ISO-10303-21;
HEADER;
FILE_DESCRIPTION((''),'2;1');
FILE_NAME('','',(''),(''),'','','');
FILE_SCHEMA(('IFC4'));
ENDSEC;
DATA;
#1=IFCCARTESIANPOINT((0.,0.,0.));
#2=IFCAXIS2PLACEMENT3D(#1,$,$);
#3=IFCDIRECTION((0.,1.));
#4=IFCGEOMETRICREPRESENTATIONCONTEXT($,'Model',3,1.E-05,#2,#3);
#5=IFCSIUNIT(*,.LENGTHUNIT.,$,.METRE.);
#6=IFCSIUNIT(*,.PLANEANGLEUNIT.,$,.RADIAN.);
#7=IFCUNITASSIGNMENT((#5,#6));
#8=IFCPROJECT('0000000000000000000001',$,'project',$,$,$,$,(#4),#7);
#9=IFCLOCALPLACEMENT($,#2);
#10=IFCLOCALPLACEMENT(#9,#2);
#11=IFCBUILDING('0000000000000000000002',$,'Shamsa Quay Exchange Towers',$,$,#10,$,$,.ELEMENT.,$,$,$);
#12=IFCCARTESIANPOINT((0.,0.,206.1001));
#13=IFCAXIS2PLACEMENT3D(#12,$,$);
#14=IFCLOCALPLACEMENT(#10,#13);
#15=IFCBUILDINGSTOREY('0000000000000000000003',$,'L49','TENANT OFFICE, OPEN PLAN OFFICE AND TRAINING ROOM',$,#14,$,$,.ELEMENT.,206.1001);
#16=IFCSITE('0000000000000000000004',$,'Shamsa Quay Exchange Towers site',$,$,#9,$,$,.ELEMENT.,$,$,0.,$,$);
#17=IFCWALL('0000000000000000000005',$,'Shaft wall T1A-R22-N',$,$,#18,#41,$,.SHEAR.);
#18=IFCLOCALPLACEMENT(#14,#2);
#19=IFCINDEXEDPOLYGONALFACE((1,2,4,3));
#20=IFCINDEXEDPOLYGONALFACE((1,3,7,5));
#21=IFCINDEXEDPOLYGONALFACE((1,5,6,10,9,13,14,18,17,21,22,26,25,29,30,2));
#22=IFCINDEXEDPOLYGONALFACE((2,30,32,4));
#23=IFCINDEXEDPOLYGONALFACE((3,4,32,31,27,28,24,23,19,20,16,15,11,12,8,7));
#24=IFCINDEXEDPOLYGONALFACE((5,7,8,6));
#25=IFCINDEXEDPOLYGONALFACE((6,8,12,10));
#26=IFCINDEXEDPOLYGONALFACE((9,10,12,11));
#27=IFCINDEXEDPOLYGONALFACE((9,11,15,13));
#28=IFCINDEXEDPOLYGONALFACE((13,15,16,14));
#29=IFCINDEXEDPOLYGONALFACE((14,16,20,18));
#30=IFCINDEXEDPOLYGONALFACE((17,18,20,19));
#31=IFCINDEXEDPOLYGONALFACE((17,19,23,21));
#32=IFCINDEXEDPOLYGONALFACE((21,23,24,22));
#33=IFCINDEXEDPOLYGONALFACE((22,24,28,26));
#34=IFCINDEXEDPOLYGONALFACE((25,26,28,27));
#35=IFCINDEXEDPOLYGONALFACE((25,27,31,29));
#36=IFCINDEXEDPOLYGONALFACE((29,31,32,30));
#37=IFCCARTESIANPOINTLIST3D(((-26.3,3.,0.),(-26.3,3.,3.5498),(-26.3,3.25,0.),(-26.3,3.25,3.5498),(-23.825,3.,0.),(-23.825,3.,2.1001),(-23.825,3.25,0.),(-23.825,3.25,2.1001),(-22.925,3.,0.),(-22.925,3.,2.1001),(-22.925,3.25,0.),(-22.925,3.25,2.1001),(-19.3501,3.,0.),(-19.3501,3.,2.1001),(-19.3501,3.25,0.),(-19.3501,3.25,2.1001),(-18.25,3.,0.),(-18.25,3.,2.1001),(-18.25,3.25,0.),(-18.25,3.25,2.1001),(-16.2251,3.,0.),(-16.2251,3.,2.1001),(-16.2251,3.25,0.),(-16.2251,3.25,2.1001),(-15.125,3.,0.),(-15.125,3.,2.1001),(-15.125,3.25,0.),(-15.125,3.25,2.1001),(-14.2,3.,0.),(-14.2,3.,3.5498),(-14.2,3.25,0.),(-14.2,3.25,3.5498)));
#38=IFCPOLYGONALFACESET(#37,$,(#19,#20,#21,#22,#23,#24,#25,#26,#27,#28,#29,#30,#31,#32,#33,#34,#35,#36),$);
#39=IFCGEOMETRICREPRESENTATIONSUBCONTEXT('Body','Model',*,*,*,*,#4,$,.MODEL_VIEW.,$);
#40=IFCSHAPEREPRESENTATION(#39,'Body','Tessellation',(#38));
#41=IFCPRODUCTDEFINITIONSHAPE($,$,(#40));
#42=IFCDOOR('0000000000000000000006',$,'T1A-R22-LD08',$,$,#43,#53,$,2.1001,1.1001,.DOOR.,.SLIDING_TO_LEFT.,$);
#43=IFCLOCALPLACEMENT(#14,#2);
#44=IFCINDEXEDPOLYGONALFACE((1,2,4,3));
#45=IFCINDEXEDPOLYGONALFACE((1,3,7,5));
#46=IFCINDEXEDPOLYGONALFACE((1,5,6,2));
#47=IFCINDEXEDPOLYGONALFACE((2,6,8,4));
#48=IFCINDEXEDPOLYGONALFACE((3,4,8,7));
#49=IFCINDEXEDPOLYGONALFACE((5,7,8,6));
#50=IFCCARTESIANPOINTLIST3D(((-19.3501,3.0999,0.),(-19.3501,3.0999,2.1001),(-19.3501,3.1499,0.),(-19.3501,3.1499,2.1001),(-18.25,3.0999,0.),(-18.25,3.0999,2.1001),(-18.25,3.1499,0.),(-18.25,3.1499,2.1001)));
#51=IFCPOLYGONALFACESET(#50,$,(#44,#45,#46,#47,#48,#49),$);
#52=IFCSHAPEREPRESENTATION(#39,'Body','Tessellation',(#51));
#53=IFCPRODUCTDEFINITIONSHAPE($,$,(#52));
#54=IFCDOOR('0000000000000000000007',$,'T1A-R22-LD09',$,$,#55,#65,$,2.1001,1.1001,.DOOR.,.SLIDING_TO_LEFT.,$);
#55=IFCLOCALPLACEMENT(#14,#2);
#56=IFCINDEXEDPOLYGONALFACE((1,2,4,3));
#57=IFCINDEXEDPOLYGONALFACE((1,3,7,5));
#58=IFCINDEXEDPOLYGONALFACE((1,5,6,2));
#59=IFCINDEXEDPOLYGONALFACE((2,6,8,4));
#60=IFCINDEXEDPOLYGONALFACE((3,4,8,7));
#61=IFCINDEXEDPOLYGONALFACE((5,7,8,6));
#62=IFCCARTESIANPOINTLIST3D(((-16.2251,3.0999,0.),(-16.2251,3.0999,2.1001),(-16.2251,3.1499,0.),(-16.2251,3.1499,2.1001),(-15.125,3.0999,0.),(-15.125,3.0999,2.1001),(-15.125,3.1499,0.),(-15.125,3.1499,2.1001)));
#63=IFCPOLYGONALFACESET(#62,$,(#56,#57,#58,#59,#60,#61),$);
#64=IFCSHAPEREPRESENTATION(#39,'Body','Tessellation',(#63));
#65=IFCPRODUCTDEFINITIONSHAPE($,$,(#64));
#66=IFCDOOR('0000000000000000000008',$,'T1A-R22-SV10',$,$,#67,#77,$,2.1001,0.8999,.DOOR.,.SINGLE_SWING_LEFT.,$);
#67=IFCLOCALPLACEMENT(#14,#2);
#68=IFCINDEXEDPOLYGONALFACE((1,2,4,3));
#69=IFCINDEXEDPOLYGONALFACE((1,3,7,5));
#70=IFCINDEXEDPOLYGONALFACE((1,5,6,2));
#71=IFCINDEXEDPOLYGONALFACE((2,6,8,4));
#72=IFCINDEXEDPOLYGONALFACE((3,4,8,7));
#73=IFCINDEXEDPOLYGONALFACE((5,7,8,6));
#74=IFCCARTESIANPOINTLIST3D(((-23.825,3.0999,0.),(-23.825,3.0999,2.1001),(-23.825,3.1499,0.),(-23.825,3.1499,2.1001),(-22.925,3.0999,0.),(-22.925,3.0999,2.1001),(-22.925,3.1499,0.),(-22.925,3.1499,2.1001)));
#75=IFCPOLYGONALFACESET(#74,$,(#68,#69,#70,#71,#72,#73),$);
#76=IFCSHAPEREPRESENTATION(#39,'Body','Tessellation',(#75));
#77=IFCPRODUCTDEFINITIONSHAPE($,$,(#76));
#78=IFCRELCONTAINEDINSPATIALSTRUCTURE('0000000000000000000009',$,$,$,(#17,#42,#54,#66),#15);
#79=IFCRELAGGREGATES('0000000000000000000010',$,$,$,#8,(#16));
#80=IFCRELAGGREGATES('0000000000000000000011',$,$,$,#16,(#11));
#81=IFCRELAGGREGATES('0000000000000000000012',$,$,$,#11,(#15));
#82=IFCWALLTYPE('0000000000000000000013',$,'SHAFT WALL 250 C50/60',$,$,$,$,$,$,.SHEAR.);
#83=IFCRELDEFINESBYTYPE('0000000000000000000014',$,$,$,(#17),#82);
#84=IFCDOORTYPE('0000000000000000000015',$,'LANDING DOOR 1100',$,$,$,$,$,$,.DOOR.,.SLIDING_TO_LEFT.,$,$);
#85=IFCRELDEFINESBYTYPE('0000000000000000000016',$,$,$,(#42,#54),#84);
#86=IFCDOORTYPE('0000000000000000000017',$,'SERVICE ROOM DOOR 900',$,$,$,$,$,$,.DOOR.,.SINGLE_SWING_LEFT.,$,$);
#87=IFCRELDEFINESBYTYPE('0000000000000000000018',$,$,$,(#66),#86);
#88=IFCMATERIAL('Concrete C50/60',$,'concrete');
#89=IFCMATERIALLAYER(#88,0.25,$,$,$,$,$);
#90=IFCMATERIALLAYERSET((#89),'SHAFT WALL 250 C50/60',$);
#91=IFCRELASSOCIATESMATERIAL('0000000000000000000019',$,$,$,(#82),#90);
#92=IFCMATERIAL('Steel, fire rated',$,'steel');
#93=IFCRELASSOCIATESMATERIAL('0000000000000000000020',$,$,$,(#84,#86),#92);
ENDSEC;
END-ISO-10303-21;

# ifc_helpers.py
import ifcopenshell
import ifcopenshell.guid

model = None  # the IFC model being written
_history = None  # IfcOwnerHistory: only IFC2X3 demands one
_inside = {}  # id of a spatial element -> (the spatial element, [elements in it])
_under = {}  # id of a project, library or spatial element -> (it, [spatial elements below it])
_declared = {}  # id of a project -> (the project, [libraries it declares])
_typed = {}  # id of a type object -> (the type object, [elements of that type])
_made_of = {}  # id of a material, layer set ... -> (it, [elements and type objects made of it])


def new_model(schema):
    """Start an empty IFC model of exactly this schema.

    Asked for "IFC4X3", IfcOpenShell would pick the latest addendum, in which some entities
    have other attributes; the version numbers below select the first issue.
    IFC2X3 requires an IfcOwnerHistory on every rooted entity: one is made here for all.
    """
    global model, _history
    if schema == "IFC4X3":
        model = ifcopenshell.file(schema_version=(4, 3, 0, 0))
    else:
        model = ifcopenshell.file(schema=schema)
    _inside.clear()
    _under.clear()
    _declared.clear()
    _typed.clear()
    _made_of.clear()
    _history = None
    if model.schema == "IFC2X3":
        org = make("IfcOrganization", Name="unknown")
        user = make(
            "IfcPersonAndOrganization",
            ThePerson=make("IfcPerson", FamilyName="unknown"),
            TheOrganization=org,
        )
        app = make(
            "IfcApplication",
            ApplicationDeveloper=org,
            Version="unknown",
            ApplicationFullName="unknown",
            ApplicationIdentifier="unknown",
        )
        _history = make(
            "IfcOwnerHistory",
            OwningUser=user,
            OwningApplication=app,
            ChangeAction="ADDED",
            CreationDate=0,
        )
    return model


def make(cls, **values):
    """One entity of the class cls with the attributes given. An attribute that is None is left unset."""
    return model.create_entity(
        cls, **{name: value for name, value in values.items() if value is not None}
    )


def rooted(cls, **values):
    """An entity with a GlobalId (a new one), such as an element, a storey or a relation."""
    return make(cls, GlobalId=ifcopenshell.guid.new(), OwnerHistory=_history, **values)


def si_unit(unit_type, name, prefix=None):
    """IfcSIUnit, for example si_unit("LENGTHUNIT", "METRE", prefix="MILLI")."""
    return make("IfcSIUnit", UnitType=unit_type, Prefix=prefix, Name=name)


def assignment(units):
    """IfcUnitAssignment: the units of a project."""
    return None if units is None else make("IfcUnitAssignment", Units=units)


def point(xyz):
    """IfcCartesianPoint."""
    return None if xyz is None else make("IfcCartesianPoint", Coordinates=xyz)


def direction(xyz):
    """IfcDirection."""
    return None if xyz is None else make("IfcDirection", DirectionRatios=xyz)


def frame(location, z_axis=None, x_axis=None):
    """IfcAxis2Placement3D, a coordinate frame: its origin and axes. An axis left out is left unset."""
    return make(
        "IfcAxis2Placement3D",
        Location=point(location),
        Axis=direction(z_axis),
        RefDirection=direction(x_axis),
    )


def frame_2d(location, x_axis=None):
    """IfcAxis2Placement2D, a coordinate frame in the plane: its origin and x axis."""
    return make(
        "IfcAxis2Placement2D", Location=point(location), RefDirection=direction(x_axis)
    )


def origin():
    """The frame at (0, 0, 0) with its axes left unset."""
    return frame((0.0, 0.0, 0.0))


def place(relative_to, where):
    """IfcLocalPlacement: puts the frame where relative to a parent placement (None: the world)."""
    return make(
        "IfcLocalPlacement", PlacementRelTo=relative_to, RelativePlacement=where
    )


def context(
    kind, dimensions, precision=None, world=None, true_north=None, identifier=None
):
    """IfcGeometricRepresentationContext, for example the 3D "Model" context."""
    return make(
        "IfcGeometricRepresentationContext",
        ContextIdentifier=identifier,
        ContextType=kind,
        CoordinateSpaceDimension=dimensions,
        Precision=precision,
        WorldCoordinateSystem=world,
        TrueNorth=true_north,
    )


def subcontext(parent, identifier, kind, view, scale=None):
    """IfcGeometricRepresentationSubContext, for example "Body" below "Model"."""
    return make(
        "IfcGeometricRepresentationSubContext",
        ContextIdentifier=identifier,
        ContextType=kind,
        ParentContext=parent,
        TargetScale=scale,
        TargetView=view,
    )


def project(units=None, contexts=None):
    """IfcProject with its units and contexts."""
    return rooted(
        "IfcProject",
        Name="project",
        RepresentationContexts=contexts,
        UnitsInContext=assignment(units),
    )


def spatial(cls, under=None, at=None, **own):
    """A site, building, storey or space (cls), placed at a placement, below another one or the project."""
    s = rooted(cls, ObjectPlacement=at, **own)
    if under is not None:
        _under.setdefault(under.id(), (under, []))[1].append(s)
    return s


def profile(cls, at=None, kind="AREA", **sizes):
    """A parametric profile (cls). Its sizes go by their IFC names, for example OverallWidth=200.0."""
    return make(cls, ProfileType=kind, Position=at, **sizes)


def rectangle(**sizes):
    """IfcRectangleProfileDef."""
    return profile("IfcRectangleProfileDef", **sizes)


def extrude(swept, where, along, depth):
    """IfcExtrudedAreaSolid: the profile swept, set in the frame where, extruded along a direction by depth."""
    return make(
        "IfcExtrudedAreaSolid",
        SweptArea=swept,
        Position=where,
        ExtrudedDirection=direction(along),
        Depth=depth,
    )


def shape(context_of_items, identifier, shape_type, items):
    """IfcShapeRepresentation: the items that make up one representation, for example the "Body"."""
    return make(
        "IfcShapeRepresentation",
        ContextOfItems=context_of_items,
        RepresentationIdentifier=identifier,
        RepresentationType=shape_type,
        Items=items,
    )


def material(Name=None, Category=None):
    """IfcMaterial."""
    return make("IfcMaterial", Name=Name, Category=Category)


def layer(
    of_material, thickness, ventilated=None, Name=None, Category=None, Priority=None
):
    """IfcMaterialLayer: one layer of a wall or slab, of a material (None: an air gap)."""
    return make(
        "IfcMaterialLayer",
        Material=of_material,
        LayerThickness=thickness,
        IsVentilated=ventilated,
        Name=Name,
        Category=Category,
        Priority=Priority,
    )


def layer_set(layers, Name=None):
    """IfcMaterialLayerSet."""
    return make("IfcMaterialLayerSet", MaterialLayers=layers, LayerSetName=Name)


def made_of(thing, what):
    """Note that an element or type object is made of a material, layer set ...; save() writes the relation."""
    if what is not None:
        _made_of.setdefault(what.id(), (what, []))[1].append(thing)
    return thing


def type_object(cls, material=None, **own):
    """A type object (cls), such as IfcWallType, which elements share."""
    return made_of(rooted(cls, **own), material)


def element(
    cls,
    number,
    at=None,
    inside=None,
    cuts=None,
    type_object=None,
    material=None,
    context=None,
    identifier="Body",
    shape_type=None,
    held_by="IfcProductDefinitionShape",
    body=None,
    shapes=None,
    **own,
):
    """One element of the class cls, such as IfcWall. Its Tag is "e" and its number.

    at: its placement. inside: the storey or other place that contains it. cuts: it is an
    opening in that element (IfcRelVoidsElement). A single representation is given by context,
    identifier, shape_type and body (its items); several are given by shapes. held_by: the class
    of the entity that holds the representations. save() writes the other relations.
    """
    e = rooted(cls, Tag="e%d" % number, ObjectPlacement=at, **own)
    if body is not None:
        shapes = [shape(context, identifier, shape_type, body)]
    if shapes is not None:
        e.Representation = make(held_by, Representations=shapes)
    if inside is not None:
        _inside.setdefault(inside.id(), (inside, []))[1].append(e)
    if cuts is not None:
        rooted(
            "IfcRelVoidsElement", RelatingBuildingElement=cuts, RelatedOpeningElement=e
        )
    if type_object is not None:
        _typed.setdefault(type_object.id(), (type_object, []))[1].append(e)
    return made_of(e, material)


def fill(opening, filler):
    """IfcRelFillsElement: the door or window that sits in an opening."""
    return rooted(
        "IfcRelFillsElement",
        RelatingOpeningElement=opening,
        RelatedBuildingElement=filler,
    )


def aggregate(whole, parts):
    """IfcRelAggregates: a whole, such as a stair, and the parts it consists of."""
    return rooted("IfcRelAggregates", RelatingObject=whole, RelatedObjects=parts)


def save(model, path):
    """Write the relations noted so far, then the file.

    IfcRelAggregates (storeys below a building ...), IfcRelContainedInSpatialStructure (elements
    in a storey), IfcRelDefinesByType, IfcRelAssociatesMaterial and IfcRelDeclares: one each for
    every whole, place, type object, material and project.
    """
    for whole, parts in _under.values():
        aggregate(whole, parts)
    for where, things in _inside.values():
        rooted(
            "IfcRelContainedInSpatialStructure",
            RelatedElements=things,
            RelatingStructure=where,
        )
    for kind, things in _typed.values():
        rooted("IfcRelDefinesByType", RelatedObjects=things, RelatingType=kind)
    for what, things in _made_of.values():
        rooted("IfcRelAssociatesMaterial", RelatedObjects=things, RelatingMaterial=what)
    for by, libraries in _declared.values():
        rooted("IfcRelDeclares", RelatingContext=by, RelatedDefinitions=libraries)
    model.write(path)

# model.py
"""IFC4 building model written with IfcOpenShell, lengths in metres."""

from ifc_helpers import new_model, si_unit, direction, frame, frame_2d, origin, place, context, subcontext, project, spatial, rectangle, extrude, material, layer, layer_set, type_object, element, fill, save


model = new_model("IFC4")

# Units and contexts
model_context = context("Model", 3, precision=1e-05, world=origin(), true_north=direction((0.0, 1.0)))
body_context = subcontext(model_context, "Body", "Model", "MODEL_VIEW")
ifc_project = project(units=[si_unit("LENGTHUNIT", "METRE"), si_unit("PLANEANGLEUNIT", "RADIAN")], contexts=[model_context])

# Site, building, storey
site_placement = place(None, origin())
site = spatial("IfcSite", under=ifc_project, at=site_placement, Name="Shamsa Quay Exchange Towers site", CompositionType="ELEMENT", RefElevation=0.0)
building_placement = place(site_placement, origin())
building = spatial("IfcBuilding", under=site, at=building_placement, Name="Shamsa Quay Exchange Towers", CompositionType="ELEMENT")
storey_placement = place(building_placement, frame((0.0, 0.0, 206.1001)))
storey = spatial("IfcBuildingStorey", under=building, at=storey_placement, Name="L49", Description="TENANT OFFICE, OPEN PLAN OFFICE AND TRAINING ROOM", CompositionType="ELEMENT", Elevation=206.1001)

# Shared definitions
ifc_material_1 = material(Name="Steel, fire rated", Category="steel")

# Wall, openings, doors
ifc_material_2 = material(Name="Concrete C50/60", Category="concrete")
ifc_layer_1 = layer(ifc_material_2, 0.25)
ifc_layer_set_1 = layer_set([ifc_layer_1], Name="SHAFT WALL 250 C50/60")
wall_type_1 = type_object("IfcWallType", Name="SHAFT WALL 250 C50/60", PredefinedType="SHEAR", material=ifc_layer_set_1)
wall_1_placement = place(storey_placement, frame((-26.3, 3.125, 0.0)))
wall_1 = element("IfcWall", 1, at=wall_1_placement, inside=storey, type_object=wall_type_1, Name="Shaft wall T1A-R22-N", PredefinedType="SHEAR", context=body_context, shape_type="SweptSolid", body=[
    extrude(rectangle(XDim=12.1001, YDim=0.25, at=frame_2d((6.05, 0.0))), origin(), (0.0, 0.0, 1.0), 3.5498),
])
opening_1_placement = place(wall_1_placement, frame((6.95, 0.0, 0.0)))
opening_1 = element("IfcOpeningElement", 2, at=opening_1_placement, cuts=wall_1, PredefinedType="OPENING", context=body_context, shape_type="SweptSolid", body=[
    extrude(rectangle(XDim=1.1001, YDim=2.1001, at=frame_2d((0.55, 1.05))), frame((0.0, 0.135, 0.0), z_axis=(0.0, -1.0, 0.0), x_axis=(1.0, 0.0, 0.0)), (0.0, 0.0, 1.0), 0.27),
])
opening_2_placement = place(wall_1_placement, frame((10.075, 0.0, 0.0)))
opening_2 = element("IfcOpeningElement", 3, at=opening_2_placement, cuts=wall_1, PredefinedType="OPENING", context=body_context, shape_type="SweptSolid", body=[
    extrude(rectangle(XDim=1.1001, YDim=2.1001, at=frame_2d((0.55, 1.05))), frame((0.0, 0.135, 0.0), z_axis=(0.0, -1.0, 0.0), x_axis=(1.0, 0.0, 0.0)), (0.0, 0.0, 1.0), 0.27),
])
opening_3_placement = place(wall_1_placement, frame((2.4751, 0.0, 0.0)))
opening_3 = element("IfcOpeningElement", 4, at=opening_3_placement, cuts=wall_1, PredefinedType="OPENING", context=body_context, shape_type="SweptSolid", body=[
    extrude(rectangle(XDim=0.8999, YDim=2.1001, at=frame_2d((0.45, 1.05))), frame((0.0, 0.135, 0.0), z_axis=(0.0, -1.0, 0.0), x_axis=(1.0, 0.0, 0.0)), (0.0, 0.0, 1.0), 0.27),
])
door_type_1 = type_object("IfcDoorType", Name="LANDING DOOR 1100", OperationType="SLIDING_TO_LEFT", PredefinedType="DOOR", material=ifc_material_1)
door_1_placement = place(opening_1_placement, origin())
door_1 = element("IfcDoor", 5, at=door_1_placement, inside=storey, type_object=door_type_1, Name="T1A-R22-LD08", OperationType="SLIDING_TO_LEFT", OverallHeight=2.1001, OverallWidth=1.1001, PredefinedType="DOOR", context=body_context, shape_type="SweptSolid", body=[
    extrude(rectangle(XDim=1.1001, YDim=2.1001, at=frame_2d((0.55, 1.05))), frame((0.0, 0.0249, 0.0), z_axis=(0.0, -1.0, 0.0), x_axis=(1.0, 0.0, 0.0)), (0.0, 0.0, 1.0), 0.05),
])
fill(opening_1, door_1)
door_2_placement = place(opening_2_placement, origin())
door_2 = element("IfcDoor", 6, at=door_2_placement, inside=storey, type_object=door_type_1, Name="T1A-R22-LD09", OperationType="SLIDING_TO_LEFT", OverallHeight=2.1001, OverallWidth=1.1001, PredefinedType="DOOR", context=body_context, shape_type="SweptSolid", body=[
    extrude(rectangle(XDim=1.1001, YDim=2.1001, at=frame_2d((0.55, 1.05))), frame((0.0, 0.0249, 0.0), z_axis=(0.0, -1.0, 0.0), x_axis=(1.0, 0.0, 0.0)), (0.0, 0.0, 1.0), 0.05),
])
fill(opening_2, door_2)
door_type_2 = type_object("IfcDoorType", Name="SERVICE ROOM DOOR 900", OperationType="SINGLE_SWING_LEFT", PredefinedType="DOOR", material=ifc_material_1)
door_3_placement = place(opening_3_placement, origin())
door_3 = element("IfcDoor", 7, at=door_3_placement, inside=storey, type_object=door_type_2, Name="T1A-R22-SV10", OperationType="SINGLE_SWING_LEFT", OverallHeight=2.1001, OverallWidth=0.8999, PredefinedType="DOOR", context=body_context, shape_type="SweptSolid", body=[
    extrude(rectangle(XDim=0.8999, YDim=2.1001, at=frame_2d((0.45, 1.05))), frame((0.0, 0.0249, 0.0), z_axis=(0.0, -1.0, 0.0), x_axis=(1.0, 0.0, 0.0)), (0.0, 0.0, 1.0), 0.05),
])
fill(opening_3, door_3)

save(model, "model.ifc")
